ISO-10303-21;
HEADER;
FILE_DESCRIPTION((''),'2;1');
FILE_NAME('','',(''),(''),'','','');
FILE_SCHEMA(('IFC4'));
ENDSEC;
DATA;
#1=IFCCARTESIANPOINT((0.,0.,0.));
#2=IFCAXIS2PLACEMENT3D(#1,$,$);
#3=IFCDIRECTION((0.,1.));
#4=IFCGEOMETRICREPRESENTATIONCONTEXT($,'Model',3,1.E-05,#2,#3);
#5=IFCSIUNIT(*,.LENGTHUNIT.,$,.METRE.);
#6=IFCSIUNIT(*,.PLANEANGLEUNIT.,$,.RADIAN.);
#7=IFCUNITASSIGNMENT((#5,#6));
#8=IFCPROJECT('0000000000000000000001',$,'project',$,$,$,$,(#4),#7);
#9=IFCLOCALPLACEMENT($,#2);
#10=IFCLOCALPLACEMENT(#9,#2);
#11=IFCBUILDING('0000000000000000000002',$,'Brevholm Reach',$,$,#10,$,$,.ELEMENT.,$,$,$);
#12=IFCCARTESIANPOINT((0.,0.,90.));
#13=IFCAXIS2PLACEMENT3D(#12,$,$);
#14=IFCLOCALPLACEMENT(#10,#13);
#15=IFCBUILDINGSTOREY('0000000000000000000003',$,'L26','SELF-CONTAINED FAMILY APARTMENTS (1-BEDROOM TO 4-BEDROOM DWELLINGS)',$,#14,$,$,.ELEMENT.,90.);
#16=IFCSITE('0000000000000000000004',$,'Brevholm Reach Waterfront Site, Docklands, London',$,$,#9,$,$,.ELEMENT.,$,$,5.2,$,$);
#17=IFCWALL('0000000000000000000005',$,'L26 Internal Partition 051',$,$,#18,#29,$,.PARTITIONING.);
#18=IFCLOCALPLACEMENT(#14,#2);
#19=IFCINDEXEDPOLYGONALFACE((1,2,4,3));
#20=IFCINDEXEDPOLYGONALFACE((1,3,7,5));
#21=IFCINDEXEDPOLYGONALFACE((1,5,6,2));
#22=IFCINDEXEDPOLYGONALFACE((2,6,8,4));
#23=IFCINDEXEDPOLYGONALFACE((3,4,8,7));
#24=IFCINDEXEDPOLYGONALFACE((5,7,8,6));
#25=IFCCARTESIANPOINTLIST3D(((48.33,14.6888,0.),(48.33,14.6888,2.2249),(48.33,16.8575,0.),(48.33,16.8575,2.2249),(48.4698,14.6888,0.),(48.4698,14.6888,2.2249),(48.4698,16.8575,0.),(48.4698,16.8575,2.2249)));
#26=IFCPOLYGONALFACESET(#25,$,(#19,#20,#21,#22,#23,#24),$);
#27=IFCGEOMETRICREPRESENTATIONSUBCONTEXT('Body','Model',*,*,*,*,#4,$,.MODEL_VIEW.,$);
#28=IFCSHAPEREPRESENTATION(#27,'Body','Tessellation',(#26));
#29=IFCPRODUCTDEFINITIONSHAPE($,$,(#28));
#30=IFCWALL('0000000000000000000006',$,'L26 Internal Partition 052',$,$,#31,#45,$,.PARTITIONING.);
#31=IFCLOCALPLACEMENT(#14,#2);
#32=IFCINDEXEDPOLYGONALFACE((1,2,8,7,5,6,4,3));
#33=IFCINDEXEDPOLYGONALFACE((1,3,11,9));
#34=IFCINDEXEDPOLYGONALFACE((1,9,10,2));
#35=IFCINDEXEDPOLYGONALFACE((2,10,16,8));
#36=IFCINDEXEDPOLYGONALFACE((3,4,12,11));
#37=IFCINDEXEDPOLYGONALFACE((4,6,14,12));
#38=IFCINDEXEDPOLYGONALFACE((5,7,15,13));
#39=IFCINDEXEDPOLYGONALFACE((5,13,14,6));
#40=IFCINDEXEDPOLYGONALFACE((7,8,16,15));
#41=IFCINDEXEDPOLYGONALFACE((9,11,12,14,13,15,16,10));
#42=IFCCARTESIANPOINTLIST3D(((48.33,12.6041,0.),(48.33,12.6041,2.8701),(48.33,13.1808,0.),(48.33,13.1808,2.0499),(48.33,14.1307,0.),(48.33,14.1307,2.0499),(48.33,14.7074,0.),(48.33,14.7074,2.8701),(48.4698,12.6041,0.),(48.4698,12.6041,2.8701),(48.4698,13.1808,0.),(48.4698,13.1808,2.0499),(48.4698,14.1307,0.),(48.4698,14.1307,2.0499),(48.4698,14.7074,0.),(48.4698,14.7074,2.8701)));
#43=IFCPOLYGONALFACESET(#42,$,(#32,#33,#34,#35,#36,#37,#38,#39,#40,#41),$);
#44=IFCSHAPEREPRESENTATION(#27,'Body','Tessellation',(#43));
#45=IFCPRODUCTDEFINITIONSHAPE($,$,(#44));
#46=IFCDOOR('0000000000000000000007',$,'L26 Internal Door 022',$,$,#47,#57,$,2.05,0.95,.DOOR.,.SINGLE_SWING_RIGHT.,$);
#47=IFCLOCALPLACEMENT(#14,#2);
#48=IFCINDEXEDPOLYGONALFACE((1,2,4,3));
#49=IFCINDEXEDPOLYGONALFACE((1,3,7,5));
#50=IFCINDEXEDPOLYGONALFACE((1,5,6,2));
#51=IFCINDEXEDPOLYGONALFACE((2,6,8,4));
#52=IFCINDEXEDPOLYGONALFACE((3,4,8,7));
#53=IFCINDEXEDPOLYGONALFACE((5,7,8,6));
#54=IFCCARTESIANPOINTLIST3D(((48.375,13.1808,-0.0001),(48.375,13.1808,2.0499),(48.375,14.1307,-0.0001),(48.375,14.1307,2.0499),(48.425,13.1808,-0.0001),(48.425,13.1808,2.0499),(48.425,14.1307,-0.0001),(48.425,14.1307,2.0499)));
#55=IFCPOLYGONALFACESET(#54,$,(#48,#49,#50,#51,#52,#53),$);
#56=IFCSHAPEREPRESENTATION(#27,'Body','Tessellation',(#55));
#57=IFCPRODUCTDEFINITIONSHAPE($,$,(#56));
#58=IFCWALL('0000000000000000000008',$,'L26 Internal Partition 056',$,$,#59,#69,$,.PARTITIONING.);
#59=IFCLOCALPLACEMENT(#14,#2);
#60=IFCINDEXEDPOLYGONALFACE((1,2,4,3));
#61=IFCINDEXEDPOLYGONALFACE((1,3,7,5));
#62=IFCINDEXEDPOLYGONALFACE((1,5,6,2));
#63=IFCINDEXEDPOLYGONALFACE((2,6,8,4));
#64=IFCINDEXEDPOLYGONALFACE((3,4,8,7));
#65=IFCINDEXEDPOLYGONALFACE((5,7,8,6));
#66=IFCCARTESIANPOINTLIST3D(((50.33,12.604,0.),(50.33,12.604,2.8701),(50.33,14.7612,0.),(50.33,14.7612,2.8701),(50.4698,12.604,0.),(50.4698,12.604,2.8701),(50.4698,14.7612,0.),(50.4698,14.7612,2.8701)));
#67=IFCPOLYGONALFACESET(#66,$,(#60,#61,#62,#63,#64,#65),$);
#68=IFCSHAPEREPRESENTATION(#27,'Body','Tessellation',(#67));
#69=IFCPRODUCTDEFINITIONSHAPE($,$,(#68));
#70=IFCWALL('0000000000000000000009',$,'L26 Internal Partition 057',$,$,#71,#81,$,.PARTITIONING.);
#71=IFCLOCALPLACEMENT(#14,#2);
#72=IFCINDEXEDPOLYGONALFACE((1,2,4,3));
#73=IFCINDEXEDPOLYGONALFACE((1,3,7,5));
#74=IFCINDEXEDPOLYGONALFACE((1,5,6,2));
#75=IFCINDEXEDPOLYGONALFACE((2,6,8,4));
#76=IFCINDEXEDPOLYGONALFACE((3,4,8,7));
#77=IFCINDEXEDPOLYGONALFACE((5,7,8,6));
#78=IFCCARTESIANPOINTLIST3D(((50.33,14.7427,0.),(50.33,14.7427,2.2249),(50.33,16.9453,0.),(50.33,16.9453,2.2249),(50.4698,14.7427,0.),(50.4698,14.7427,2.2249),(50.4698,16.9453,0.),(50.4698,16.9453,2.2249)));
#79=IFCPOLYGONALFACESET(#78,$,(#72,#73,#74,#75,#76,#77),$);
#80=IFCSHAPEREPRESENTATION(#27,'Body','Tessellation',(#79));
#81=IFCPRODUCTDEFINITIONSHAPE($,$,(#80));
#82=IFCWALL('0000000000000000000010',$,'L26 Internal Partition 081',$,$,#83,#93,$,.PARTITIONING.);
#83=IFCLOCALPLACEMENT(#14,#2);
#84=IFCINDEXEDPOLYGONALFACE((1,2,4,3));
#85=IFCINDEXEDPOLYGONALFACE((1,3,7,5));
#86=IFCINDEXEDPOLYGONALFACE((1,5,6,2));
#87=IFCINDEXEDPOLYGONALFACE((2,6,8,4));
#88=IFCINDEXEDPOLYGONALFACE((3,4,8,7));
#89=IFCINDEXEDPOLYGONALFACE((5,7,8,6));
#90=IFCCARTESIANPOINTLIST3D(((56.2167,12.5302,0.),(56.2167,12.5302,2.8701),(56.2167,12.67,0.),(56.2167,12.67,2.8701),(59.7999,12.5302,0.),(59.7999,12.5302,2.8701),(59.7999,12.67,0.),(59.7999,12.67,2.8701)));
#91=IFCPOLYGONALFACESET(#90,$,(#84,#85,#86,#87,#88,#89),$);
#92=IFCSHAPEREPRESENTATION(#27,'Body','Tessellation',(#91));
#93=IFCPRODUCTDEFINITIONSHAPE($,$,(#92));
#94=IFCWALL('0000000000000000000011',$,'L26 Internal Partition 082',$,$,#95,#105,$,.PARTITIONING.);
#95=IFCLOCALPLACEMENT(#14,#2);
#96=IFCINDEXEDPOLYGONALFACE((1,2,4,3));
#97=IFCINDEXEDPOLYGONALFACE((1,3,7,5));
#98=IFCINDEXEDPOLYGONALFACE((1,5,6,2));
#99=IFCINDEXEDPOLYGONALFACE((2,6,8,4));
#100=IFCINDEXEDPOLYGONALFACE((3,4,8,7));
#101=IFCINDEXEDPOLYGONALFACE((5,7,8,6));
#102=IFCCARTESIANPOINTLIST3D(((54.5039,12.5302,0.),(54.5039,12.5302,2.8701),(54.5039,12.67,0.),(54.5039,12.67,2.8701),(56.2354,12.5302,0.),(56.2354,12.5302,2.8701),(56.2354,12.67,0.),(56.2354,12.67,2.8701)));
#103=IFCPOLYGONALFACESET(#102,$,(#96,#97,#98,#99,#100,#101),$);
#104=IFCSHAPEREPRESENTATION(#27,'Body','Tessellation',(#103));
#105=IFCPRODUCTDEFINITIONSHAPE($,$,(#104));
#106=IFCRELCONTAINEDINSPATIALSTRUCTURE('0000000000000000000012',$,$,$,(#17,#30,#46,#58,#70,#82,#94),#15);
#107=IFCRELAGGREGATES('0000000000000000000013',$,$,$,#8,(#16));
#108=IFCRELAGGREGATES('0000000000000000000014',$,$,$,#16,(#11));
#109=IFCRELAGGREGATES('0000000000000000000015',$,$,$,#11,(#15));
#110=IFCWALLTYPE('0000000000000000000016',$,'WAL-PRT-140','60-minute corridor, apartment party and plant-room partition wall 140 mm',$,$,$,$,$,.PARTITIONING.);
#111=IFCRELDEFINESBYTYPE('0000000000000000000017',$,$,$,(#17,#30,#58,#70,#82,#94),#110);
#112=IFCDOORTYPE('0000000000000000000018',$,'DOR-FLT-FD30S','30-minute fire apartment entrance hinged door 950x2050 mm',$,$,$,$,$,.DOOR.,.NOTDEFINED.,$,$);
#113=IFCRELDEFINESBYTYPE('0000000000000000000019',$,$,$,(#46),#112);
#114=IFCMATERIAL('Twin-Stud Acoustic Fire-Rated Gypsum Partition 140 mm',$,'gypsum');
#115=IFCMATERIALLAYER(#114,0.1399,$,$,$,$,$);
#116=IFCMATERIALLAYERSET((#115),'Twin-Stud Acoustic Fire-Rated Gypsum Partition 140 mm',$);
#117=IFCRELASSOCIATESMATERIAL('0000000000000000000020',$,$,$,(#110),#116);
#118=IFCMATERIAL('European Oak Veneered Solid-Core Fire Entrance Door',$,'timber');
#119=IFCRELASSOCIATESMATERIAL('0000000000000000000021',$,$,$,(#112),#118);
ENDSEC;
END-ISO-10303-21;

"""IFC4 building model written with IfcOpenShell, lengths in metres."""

from ifc_helpers import new_model, si_unit, direction, frame, frame_2d, origin, place, context, subcontext, project, spatial, rectangle, extrude, material, layer, layer_set, type_object, element, fill, save


model = new_model("IFC4")

# Units and contexts
model_context = context("Model", 3, precision=1e-05, world=origin(), true_north=direction((0.0, 1.0)))
body_context = subcontext(model_context, "Body", "Model", "MODEL_VIEW")
ifc_project = project(units=[si_unit("LENGTHUNIT", "METRE"), si_unit("PLANEANGLEUNIT", "RADIAN")], contexts=[model_context])

# Site, building, storey
site_placement = place(None, origin())
site = spatial("IfcSite", under=ifc_project, at=site_placement, Name="Brevholm Reach Waterfront Site, Docklands, London", CompositionType="ELEMENT", RefElevation=5.2)
building_placement = place(site_placement, origin())
building = spatial("IfcBuilding", under=site, at=building_placement, Name="Brevholm Reach", CompositionType="ELEMENT")
storey_placement = place(building_placement, frame((0.0, 0.0, 90.0)))
storey = spatial("IfcBuildingStorey", under=building, at=storey_placement, Name="L26", Description="SELF-CONTAINED FAMILY APARTMENTS (1-BEDROOM TO 4-BEDROOM DWELLINGS)", CompositionType="ELEMENT", Elevation=90.0)

# Shared definitions
ifc_material_1 = material(Name="Twin-Stud Acoustic Fire-Rated Gypsum Partition 140 mm", Category="gypsum")
ifc_layer_1 = layer(ifc_material_1, 0.1399)
ifc_layer_set_1 = layer_set([ifc_layer_1], Name="Twin-Stud Acoustic Fire-Rated Gypsum Partition 140 mm")
wall_type_1 = type_object("IfcWallType", Name="WAL-PRT-140", Description="60-minute corridor, apartment party and plant-room partition wall 140 mm", PredefinedType="PARTITIONING", material=ifc_layer_set_1)

# Shared definitions
ifc_material_2 = material(Name="European Oak Veneered Solid-Core Fire Entrance Door", Category="timber")
door_type_1 = type_object("IfcDoorType", Name="DOR-FLT-FD30S", Description="30-minute fire apartment entrance hinged door 950x2050 mm", OperationType="NOTDEFINED", PredefinedType="DOOR", material=ifc_material_2)

# Wall
wall_1_placement = place(storey_placement, frame((48.3999, 14.6887, 0.0), z_axis=(0.0, 0.0, 1.0), x_axis=(0.0, 1.0, 0.0)))
element("IfcWall", 1, at=wall_1_placement, inside=storey, type_object=wall_type_1, Name="L26 Internal Partition 051", PredefinedType="PARTITIONING", context=body_context, shape_type="SweptSolid", body=[
    extrude(rectangle(XDim=2.1687, YDim=0.1399, at=frame_2d((1.0845, 0.0))), origin(), (0.0, 0.0, 1.0), 2.2249),
])

# Wall, opening, door
wall_2_placement = place(storey_placement, frame((48.3999, 12.604, 0.0), z_axis=(0.0, 0.0, 1.0), x_axis=(0.0, 1.0, 0.0)))
wall_2 = element("IfcWall", 2, at=wall_2_placement, inside=storey, type_object=wall_type_1, Name="L26 Internal Partition 052", PredefinedType="PARTITIONING", context=body_context, shape_type="SweptSolid", body=[
    extrude(rectangle(XDim=2.1033, YDim=0.1399, at=frame_2d((1.0518, 0.0))), origin(), (0.0, 0.0, 1.0), 2.8701),
])
opening_1_placement = place(wall_2_placement, frame((0.5767, 0.0, 0.0)))
opening_1 = element("IfcOpeningElement", 3, at=opening_1_placement, cuts=wall_2, PredefinedType="OPENING", context=body_context, shape_type="SweptSolid", body=[
    extrude(rectangle(XDim=0.95, YDim=2.05, at=frame_2d((0.4751, 1.0249))), frame((0.0, 0.0798, 0.0), z_axis=(0.0, -1.0, 0.0), x_axis=(1.0, 0.0, 0.0)), (0.0, 0.0, 1.0), 0.1599),
])
door_1_placement = place(opening_1_placement, origin())
door_1 = element("IfcDoor", 4, at=door_1_placement, inside=storey, type_object=door_type_1, Name="L26 Internal Door 022", OperationType="SINGLE_SWING_RIGHT", OverallHeight=2.05, OverallWidth=0.95, PredefinedType="DOOR", context=body_context, shape_type="SweptSolid", body=[
    extrude(rectangle(XDim=0.95, YDim=2.05, at=frame_2d((0.4751, 1.0249))), frame((0.0, 0.0249, 0.0), z_axis=(0.0, -1.0, 0.0), x_axis=(1.0, 0.0, 0.0)), (0.0, 0.0, 1.0), 0.05),
])
fill(opening_1, door_1)

# Walls
wall_3_placement = place(storey_placement, frame((50.3999, 12.604, 0.0), z_axis=(0.0, 0.0, 1.0), x_axis=(0.0, 1.0, 0.0)))
element("IfcWall", 5, at=wall_3_placement, inside=storey, type_object=wall_type_1, Name="L26 Internal Partition 056", PredefinedType="PARTITIONING", context=body_context, shape_type="SweptSolid", body=[
    extrude(rectangle(XDim=2.1572, YDim=0.1399, at=frame_2d((1.0786, 0.0))), origin(), (0.0, 0.0, 1.0), 2.8701),
])
wall_4_placement = place(storey_placement, frame((50.3999, 14.7427, 0.0), z_axis=(0.0, 0.0, 1.0), x_axis=(0.0, 1.0, 0.0)))
element("IfcWall", 6, at=wall_4_placement, inside=storey, type_object=wall_type_1, Name="L26 Internal Partition 057", PredefinedType="PARTITIONING", context=body_context, shape_type="SweptSolid", body=[
    extrude(rectangle(XDim=2.2026, YDim=0.1399, at=frame_2d((1.1013, 0.0))), origin(), (0.0, 0.0, 1.0), 2.2249),
])
wall_5_placement = place(storey_placement, frame((56.2168, 12.6001, 0.0), z_axis=(0.0, 0.0, 1.0), x_axis=(1.0, 0.0, 0.0)))
element("IfcWall", 7, at=wall_5_placement, inside=storey, type_object=wall_type_1, Name="L26 Internal Partition 081", PredefinedType="PARTITIONING", context=body_context, shape_type="SweptSolid", body=[
    extrude(rectangle(XDim=3.5833, YDim=0.1399, at=frame_2d((1.7915, 0.0))), origin(), (0.0, 0.0, 1.0), 2.8701),
])
wall_6_placement = place(storey_placement, frame((54.5039, 12.6001, 0.0), z_axis=(0.0, 0.0, 1.0), x_axis=(1.0, 0.0, 0.0)))
element("IfcWall", 8, at=wall_6_placement, inside=storey, type_object=wall_type_1, Name="L26 Internal Partition 082", PredefinedType="PARTITIONING", context=body_context, shape_type="SweptSolid", body=[
    extrude(rectangle(XDim=1.7314, YDim=0.1399, at=frame_2d((0.8657, 0.0))), origin(), (0.0, 0.0, 1.0), 2.8701),
])

save(model, "model.ifc")
